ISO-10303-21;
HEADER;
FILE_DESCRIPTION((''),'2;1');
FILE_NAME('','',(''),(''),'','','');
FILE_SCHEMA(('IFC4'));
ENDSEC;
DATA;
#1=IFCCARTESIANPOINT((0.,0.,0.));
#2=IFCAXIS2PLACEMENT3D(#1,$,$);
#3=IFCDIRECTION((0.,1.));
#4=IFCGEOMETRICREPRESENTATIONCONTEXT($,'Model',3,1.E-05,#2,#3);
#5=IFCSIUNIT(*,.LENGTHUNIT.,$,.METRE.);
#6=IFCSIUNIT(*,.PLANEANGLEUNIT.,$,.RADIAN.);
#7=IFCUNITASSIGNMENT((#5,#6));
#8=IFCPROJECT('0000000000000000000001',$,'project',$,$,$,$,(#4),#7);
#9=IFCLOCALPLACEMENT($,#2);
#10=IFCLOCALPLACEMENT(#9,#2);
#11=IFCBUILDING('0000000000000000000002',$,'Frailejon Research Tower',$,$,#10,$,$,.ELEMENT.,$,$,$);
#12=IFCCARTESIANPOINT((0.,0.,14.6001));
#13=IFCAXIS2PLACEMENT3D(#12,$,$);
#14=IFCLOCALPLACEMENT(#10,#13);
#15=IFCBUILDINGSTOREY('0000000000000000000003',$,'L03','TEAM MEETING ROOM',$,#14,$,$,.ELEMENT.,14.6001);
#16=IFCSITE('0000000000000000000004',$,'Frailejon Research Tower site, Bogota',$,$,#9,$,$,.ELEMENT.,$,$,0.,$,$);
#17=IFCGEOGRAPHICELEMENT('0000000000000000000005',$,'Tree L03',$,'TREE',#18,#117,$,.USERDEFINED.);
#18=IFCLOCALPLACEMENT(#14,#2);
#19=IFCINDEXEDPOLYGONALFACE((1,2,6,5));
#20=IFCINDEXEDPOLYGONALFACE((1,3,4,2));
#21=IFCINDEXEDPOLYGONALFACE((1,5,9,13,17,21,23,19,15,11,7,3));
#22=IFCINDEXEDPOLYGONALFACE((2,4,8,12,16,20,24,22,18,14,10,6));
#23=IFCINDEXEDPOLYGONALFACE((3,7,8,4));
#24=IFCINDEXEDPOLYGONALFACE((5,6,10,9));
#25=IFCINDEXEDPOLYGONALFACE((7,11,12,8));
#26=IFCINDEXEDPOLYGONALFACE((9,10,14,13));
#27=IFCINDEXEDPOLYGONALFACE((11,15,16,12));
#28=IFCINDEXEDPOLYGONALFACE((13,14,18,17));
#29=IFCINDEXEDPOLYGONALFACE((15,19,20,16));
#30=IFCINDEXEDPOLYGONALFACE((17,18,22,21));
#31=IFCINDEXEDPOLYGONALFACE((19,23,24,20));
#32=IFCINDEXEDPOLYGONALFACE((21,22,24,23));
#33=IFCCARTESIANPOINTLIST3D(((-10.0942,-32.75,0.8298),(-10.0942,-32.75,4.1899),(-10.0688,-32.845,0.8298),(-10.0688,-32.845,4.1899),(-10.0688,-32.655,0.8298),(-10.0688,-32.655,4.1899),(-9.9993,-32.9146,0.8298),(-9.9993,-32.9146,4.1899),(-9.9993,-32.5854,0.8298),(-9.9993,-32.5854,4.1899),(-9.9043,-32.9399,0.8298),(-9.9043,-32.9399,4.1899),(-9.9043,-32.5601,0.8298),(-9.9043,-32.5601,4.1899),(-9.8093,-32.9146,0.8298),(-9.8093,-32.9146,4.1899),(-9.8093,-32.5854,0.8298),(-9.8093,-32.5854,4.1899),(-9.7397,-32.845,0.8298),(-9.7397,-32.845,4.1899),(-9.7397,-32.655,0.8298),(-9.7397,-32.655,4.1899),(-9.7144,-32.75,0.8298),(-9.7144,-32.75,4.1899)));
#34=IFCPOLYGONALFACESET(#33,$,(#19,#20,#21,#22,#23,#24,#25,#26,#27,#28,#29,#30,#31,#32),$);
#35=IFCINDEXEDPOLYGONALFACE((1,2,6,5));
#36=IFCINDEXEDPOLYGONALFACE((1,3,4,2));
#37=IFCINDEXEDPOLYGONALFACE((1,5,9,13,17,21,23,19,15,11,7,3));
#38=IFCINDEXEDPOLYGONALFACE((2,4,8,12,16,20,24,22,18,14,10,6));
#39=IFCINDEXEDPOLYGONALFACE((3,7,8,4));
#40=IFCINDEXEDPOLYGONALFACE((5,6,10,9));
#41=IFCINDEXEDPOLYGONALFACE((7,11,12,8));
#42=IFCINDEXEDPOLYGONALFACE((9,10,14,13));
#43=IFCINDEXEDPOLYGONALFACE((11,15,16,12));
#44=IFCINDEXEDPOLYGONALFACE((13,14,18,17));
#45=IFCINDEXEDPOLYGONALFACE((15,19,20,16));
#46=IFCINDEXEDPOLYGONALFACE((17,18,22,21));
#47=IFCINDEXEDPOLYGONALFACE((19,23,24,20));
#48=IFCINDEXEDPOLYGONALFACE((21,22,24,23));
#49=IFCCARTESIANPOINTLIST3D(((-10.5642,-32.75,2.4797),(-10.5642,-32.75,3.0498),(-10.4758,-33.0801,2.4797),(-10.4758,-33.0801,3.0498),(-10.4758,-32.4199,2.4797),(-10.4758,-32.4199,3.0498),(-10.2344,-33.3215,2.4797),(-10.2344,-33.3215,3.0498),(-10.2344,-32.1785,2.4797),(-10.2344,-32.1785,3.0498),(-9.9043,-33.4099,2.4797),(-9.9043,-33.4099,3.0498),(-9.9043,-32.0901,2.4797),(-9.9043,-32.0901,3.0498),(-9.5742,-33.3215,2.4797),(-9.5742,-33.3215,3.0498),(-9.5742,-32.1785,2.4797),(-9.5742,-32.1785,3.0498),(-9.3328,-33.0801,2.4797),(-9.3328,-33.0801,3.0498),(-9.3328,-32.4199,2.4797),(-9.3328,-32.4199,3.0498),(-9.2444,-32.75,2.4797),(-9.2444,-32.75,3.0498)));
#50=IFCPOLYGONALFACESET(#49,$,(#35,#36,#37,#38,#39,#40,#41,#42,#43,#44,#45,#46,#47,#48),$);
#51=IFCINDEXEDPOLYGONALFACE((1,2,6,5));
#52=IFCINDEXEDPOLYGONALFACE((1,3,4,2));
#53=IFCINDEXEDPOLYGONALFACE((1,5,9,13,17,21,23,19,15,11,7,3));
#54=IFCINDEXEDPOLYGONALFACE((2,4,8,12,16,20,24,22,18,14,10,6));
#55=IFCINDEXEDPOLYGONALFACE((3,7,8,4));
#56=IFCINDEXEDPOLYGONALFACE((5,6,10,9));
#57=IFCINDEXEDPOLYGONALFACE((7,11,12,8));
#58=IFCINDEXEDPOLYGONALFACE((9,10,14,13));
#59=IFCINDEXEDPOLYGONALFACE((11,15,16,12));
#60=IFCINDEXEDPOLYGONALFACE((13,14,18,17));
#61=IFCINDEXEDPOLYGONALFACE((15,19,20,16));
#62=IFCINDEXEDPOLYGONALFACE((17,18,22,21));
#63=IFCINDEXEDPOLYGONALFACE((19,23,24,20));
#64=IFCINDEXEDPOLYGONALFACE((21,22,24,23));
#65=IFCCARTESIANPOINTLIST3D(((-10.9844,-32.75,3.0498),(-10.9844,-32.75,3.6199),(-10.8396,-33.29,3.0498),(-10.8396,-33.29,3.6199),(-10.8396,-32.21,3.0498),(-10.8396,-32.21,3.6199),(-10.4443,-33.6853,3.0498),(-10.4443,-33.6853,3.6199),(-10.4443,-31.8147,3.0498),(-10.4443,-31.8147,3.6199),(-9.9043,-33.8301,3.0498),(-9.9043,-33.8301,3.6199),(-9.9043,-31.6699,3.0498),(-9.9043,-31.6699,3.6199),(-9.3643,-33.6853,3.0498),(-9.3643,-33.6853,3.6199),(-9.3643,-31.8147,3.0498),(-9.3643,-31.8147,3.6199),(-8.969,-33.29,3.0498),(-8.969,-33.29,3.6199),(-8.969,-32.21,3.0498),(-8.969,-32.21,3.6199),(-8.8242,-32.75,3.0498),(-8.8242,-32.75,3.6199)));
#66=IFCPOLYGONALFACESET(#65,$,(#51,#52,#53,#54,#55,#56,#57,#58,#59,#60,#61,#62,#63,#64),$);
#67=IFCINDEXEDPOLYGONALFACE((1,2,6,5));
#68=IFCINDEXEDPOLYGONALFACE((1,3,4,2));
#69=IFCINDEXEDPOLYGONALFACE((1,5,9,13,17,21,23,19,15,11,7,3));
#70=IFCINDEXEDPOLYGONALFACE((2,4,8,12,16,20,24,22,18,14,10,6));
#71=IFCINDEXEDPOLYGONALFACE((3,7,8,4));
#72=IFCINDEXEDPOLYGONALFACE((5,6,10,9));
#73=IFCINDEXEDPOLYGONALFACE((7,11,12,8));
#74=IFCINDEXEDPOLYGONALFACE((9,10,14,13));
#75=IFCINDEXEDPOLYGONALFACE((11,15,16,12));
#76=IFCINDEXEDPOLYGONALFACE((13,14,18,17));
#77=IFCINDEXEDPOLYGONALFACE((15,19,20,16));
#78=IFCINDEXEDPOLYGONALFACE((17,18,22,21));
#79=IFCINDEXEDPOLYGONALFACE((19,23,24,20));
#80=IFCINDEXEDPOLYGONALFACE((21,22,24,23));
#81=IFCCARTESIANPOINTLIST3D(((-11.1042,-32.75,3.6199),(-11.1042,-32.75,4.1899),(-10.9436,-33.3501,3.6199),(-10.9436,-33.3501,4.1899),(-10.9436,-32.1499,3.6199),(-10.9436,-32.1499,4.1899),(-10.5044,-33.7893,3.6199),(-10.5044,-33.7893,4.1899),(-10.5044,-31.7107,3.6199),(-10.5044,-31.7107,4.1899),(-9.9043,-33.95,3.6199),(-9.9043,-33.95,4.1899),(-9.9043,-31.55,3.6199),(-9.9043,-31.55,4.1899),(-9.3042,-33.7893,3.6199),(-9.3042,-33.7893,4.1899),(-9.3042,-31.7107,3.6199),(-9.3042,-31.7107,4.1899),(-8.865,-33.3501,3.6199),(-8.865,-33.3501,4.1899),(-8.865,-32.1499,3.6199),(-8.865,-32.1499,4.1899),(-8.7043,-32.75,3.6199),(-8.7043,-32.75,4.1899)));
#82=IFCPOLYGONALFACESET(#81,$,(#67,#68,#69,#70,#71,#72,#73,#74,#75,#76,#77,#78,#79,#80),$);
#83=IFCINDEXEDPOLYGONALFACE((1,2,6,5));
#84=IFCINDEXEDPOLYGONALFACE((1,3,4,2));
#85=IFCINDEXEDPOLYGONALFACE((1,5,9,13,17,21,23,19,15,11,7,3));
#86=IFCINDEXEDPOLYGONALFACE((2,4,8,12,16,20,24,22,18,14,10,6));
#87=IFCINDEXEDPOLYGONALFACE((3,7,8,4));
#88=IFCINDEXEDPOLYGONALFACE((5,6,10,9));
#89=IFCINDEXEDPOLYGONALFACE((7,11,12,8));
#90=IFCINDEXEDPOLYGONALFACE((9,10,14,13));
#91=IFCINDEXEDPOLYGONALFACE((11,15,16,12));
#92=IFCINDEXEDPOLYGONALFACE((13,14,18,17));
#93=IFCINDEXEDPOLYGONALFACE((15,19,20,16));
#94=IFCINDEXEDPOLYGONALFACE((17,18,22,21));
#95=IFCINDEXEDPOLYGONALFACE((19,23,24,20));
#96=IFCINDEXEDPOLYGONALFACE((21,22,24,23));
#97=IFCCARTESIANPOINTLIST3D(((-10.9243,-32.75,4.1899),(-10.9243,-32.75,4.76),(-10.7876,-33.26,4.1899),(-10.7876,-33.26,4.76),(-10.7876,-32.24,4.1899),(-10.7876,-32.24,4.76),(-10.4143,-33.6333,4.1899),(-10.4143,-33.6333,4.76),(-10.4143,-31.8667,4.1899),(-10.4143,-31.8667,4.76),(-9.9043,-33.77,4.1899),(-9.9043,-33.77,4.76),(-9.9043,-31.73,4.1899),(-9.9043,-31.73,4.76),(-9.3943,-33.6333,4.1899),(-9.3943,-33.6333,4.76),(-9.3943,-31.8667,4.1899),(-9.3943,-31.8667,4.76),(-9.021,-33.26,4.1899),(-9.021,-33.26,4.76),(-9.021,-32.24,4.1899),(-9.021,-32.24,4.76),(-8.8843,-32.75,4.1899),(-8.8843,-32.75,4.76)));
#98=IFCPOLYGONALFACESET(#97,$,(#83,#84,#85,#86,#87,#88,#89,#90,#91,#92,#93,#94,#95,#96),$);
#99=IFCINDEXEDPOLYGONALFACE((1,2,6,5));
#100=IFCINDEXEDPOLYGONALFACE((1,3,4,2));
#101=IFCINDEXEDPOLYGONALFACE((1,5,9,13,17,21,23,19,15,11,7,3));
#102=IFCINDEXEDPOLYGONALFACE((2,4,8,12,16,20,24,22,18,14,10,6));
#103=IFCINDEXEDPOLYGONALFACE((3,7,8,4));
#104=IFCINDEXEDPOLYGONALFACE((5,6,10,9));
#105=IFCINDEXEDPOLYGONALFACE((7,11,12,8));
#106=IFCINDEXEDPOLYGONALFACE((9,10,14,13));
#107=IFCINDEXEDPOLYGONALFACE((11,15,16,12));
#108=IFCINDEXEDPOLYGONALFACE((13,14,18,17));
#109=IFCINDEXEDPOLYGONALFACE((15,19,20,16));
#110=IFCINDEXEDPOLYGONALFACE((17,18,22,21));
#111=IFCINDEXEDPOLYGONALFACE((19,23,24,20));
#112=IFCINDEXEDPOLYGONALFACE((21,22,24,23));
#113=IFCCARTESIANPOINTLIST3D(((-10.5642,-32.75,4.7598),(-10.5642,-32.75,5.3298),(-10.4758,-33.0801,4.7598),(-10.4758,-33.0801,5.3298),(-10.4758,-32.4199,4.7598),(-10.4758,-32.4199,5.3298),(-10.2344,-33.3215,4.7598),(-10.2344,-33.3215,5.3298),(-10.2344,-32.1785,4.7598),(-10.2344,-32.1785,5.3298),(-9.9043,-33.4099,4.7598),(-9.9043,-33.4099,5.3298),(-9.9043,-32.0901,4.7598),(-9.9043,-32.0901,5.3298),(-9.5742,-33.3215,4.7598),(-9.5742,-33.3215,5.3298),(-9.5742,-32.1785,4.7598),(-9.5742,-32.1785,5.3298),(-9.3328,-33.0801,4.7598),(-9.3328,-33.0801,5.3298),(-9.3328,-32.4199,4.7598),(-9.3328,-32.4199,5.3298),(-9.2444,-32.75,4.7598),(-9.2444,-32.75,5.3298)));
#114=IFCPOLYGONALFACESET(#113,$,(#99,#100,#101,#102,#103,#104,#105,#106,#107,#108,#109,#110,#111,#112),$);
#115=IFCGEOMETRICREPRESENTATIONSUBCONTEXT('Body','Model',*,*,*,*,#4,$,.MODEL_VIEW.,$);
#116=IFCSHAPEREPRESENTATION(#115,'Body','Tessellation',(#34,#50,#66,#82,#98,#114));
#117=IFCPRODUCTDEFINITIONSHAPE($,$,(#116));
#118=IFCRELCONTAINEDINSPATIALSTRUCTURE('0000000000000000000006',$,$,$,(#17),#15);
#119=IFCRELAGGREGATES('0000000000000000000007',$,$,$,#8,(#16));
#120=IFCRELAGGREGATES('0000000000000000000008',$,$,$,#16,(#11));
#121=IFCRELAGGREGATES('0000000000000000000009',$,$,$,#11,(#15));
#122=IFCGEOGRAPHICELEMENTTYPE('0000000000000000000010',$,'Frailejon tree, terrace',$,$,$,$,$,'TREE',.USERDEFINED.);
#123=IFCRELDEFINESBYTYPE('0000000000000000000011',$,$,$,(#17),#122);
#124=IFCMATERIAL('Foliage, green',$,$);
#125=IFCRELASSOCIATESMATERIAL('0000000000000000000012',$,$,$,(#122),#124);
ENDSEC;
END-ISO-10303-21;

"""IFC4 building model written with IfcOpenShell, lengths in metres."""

from ifc_helpers import new_model, si_unit, direction, frame, origin, place, context, subcontext, project, spatial, polyline, outline, extrude, material, type_object, element, save


model = new_model("IFC4")

# Units and contexts
model_context = context("Model", 3, precision=1e-05, world=origin(), true_north=direction((0.0, 1.0)))
body_context = subcontext(model_context, "Body", "Model", "MODEL_VIEW")
ifc_project = project(units=[si_unit("LENGTHUNIT", "METRE"), si_unit("PLANEANGLEUNIT", "RADIAN")], contexts=[model_context])

# Site, building, storey
site_placement = place(None, origin())
site = spatial("IfcSite", under=ifc_project, at=site_placement, Name="Frailejon Research Tower site, Bogota", CompositionType="ELEMENT", RefElevation=0.0)
building_placement = place(site_placement, origin())
building = spatial("IfcBuilding", under=site, at=building_placement, Name="Frailejon Research Tower", CompositionType="ELEMENT")
storey_placement = place(building_placement, frame((0.0, 0.0, 14.6001)))
storey = spatial("IfcBuildingStorey", under=building, at=storey_placement, Name="L03", Description="TEAM MEETING ROOM", CompositionType="ELEMENT", Elevation=14.6001)

# Geographic element
ifc_material_1 = material(Name="Foliage, green")
geographic_element_type = type_object("IfcGeographicElementType", Name="Frailejon tree, terrace", ElementType="TREE", PredefinedType="USERDEFINED", material=ifc_material_1)
geographic_element_placement = place(storey_placement, frame((-9.9043, -32.75, 0.8298)))
element("IfcGeographicElement", 1, at=geographic_element_placement, inside=storey, type_object=geographic_element_type, Name="Tree L03", ObjectType="TREE", PredefinedType="USERDEFINED", context=body_context, shape_type="SweptSolid", body=[
    extrude(outline(polyline([(0.1899, 0.0), (0.1646, 0.095), (0.095, 0.1646), (0.0, 0.1899), (-0.095, 0.1646), (-0.1646, 0.095), (-0.1899, 0.0), (-0.1646, -0.095), (-0.095, -0.1646), (0.0, -0.1899), (0.095, -0.1646), (0.1646, -0.095), (0.1899, 0.0)])), origin(), (0.0, 0.0, 1.0), 3.3601),
    extrude(outline(polyline([(0.6599, 0.0), (0.5715, 0.3301), (0.3301, 0.5715), (0.0, 0.6599), (-0.3301, 0.5715), (-0.5715, 0.3301), (-0.6599, 0.0), (-0.5715, -0.3301), (-0.3301, -0.5715), (0.0, -0.6599), (0.3301, -0.5715), (0.5715, -0.3301), (0.6599, 0.0)])), frame((0.0, 0.0, 1.6499)), (0.0, 0.0, 1.0), 0.5701),
    extrude(outline(polyline([(1.0801, 0.0), (0.9353, 0.54), (0.54, 0.9353), (0.0, 1.0801), (-0.54, 0.9353), (-0.9353, 0.54), (-1.0801, 0.0), (-0.9353, -0.54), (-0.54, -0.9353), (0.0, -1.0801), (0.54, -0.9353), (0.9353, -0.54), (1.0801, 0.0)])), frame((0.0, 0.0, 2.22)), (0.0, 0.0, 1.0), 0.5701),
    extrude(outline(polyline([(1.2, 0.0), (1.0393, 0.6001), (0.6001, 1.0393), (0.0, 1.2), (-0.6001, 1.0393), (-1.0393, 0.6001), (-1.2, 0.0), (-1.0393, -0.6001), (-0.6001, -1.0393), (0.0, -1.2), (0.6001, -1.0393), (1.0393, -0.6001), (1.2, 0.0)])), frame((0.0, 0.0, 2.79)), (0.0, 0.0, 1.0), 0.5701),
    extrude(outline(polyline([(1.02, 0.0), (0.8833, 0.51), (0.51, 0.8833), (0.0, 1.02), (-0.51, 0.8833), (-0.8833, 0.51), (-1.02, 0.0), (-0.8833, -0.51), (-0.51, -0.8833), (0.0, -1.02), (0.51, -0.8833), (0.8833, -0.51), (1.02, 0.0)])), frame((0.0, 0.0, 3.3601)), (0.0, 0.0, 1.0), 0.5701),
    extrude(outline(polyline([(0.6599, 0.0), (0.5715, 0.3301), (0.3301, 0.5715), (0.0, 0.6599), (-0.3301, 0.5715), (-0.5715, 0.3301), (-0.6599, 0.0), (-0.5715, -0.3301), (-0.3301, -0.5715), (0.0, -0.6599), (0.3301, -0.5715), (0.5715, -0.3301), (0.6599, 0.0)])), frame((0.0, 0.0, 3.9299)), (0.0, 0.0, 1.0), 0.5701),
])

save(model, "model.ifc")
